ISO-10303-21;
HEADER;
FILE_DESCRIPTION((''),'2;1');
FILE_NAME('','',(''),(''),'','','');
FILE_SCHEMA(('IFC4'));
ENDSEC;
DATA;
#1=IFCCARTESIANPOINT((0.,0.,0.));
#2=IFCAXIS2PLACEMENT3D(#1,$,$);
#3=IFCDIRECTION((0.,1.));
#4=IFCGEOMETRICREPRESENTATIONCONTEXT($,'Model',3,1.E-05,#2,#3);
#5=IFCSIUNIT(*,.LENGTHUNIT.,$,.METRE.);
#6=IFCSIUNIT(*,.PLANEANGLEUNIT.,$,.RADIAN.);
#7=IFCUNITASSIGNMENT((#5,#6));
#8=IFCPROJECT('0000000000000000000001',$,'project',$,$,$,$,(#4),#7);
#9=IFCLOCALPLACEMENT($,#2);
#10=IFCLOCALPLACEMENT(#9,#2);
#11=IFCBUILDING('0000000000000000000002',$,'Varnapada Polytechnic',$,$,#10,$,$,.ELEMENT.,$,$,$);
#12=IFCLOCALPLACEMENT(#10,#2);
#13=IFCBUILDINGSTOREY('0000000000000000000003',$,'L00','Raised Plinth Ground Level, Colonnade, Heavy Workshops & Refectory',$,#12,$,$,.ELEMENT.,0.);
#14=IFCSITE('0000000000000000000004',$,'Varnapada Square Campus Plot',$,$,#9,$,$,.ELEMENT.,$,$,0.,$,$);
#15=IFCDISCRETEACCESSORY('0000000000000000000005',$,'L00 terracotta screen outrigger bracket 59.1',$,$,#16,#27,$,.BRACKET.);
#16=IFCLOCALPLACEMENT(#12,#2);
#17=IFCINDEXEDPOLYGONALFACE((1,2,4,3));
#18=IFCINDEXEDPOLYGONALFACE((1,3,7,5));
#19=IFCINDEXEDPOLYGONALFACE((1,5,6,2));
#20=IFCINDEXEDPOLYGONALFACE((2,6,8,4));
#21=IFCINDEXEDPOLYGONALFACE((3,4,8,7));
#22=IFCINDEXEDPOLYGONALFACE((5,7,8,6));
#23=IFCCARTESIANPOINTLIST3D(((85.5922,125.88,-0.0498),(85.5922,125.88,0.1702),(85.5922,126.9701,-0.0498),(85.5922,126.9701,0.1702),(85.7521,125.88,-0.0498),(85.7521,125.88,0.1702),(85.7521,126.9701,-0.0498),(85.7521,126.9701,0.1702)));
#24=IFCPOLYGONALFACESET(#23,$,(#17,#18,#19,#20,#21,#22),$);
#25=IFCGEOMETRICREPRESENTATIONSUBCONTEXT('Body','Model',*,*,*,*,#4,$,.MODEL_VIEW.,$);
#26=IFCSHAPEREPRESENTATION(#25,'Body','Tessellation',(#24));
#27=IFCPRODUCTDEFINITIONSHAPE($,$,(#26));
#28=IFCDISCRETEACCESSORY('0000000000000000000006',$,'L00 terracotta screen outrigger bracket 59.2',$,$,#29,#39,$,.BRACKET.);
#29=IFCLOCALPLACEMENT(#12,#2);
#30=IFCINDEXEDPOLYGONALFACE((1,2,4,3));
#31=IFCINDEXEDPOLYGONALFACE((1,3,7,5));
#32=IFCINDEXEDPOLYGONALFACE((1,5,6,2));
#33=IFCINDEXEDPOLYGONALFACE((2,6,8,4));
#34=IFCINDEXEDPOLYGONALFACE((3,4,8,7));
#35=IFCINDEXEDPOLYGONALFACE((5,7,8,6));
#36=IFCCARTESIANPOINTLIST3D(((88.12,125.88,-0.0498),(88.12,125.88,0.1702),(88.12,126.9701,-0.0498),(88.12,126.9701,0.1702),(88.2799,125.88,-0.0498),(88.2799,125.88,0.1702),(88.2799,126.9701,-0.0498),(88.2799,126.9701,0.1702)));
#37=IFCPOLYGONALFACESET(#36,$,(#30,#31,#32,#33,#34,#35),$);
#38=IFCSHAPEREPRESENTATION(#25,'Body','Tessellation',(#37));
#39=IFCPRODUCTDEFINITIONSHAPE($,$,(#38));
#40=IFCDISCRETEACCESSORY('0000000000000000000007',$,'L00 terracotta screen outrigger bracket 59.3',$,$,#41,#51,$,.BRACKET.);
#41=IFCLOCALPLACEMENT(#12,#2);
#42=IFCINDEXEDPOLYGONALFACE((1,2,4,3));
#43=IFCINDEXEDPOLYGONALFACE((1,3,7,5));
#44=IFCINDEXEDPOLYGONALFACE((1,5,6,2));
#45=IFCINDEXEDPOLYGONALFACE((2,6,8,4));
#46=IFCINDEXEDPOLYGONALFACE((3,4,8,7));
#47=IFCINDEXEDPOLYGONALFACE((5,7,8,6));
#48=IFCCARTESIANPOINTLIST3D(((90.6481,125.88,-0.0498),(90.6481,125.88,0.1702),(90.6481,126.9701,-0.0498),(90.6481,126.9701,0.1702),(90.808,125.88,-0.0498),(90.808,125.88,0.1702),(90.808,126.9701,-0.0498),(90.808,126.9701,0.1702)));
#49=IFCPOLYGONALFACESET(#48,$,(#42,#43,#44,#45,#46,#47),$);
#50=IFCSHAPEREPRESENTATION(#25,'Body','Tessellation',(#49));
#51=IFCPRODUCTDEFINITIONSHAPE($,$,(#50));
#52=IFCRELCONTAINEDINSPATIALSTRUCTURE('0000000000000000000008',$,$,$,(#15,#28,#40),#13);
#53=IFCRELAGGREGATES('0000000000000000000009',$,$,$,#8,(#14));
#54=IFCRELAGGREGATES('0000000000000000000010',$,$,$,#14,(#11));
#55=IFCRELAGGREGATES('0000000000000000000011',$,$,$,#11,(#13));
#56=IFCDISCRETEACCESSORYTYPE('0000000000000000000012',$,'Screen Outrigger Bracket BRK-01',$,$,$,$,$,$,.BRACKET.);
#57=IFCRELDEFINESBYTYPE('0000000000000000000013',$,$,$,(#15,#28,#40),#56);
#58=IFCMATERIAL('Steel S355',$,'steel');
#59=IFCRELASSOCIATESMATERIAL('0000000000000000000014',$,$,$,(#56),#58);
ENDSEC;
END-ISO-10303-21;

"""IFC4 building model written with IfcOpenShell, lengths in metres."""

from ifc_helpers import new_model, si_unit, direction, frame, origin, origin_2d, place, context, subcontext, project, spatial, rectangle, extrude, material, type_object, element, save


model = new_model("IFC4")

# Units and contexts
model_context = context("Model", 3, precision=1e-05, world=origin(), true_north=direction((0.0, 1.0)))
body_context = subcontext(model_context, "Body", "Model", "MODEL_VIEW")
ifc_project = project(units=[si_unit("LENGTHUNIT", "METRE"), si_unit("PLANEANGLEUNIT", "RADIAN")], contexts=[model_context])

# Site, building, storey
site_placement = place(None, origin())
site = spatial("IfcSite", under=ifc_project, at=site_placement, Name="Varnapada Square Campus Plot", CompositionType="ELEMENT", RefElevation=0.0)
building_placement = place(site_placement, origin())
building = spatial("IfcBuilding", under=site, at=building_placement, Name="Varnapada Polytechnic", CompositionType="ELEMENT")
storey_placement = place(building_placement, origin())
storey = spatial("IfcBuildingStorey", under=building, at=storey_placement, Name="L00", Description="Raised Plinth Ground Level, Colonnade, Heavy Workshops & Refectory", CompositionType="ELEMENT", Elevation=0.0)

# Discrete accessories
ifc_material_1 = material(Name="Steel S355", Category="steel")
discrete_accessory_type = type_object("IfcDiscreteAccessoryType", Name="Screen Outrigger Bracket BRK-01", PredefinedType="BRACKET", material=ifc_material_1)
for number, where, z_axis, x_axis, name in (
    (1, (85.6721, 126.425, -0.0498), (0.0, 0.0, 1.0), (1.0, 0.0, 0.0), "L00 terracotta screen outrigger bracket 59.1"),
    (2, (88.2, 126.425, -0.0498), (0.0, 0.0, 1.0), (1.0, 0.0, 0.0), "L00 terracotta screen outrigger bracket 59.2"),
    (3, (90.728, 126.425, -0.0498), (0.0, 0.0, 1.0), (1.0, 0.0, 0.0), "L00 terracotta screen outrigger bracket 59.3"),
):
    element("IfcDiscreteAccessory", number, at=place(storey_placement, frame(where, z_axis=z_axis, x_axis=x_axis)), inside=storey, type_object=discrete_accessory_type, Name=name, PredefinedType="BRACKET", context=body_context, shape_type="SweptSolid", body=[
        extrude(rectangle(XDim=0.1599, YDim=1.0901, at=origin_2d()), origin(), (0.0, 0.0, 1.0), 0.22),
    ])

save(model, "model.ifc")
